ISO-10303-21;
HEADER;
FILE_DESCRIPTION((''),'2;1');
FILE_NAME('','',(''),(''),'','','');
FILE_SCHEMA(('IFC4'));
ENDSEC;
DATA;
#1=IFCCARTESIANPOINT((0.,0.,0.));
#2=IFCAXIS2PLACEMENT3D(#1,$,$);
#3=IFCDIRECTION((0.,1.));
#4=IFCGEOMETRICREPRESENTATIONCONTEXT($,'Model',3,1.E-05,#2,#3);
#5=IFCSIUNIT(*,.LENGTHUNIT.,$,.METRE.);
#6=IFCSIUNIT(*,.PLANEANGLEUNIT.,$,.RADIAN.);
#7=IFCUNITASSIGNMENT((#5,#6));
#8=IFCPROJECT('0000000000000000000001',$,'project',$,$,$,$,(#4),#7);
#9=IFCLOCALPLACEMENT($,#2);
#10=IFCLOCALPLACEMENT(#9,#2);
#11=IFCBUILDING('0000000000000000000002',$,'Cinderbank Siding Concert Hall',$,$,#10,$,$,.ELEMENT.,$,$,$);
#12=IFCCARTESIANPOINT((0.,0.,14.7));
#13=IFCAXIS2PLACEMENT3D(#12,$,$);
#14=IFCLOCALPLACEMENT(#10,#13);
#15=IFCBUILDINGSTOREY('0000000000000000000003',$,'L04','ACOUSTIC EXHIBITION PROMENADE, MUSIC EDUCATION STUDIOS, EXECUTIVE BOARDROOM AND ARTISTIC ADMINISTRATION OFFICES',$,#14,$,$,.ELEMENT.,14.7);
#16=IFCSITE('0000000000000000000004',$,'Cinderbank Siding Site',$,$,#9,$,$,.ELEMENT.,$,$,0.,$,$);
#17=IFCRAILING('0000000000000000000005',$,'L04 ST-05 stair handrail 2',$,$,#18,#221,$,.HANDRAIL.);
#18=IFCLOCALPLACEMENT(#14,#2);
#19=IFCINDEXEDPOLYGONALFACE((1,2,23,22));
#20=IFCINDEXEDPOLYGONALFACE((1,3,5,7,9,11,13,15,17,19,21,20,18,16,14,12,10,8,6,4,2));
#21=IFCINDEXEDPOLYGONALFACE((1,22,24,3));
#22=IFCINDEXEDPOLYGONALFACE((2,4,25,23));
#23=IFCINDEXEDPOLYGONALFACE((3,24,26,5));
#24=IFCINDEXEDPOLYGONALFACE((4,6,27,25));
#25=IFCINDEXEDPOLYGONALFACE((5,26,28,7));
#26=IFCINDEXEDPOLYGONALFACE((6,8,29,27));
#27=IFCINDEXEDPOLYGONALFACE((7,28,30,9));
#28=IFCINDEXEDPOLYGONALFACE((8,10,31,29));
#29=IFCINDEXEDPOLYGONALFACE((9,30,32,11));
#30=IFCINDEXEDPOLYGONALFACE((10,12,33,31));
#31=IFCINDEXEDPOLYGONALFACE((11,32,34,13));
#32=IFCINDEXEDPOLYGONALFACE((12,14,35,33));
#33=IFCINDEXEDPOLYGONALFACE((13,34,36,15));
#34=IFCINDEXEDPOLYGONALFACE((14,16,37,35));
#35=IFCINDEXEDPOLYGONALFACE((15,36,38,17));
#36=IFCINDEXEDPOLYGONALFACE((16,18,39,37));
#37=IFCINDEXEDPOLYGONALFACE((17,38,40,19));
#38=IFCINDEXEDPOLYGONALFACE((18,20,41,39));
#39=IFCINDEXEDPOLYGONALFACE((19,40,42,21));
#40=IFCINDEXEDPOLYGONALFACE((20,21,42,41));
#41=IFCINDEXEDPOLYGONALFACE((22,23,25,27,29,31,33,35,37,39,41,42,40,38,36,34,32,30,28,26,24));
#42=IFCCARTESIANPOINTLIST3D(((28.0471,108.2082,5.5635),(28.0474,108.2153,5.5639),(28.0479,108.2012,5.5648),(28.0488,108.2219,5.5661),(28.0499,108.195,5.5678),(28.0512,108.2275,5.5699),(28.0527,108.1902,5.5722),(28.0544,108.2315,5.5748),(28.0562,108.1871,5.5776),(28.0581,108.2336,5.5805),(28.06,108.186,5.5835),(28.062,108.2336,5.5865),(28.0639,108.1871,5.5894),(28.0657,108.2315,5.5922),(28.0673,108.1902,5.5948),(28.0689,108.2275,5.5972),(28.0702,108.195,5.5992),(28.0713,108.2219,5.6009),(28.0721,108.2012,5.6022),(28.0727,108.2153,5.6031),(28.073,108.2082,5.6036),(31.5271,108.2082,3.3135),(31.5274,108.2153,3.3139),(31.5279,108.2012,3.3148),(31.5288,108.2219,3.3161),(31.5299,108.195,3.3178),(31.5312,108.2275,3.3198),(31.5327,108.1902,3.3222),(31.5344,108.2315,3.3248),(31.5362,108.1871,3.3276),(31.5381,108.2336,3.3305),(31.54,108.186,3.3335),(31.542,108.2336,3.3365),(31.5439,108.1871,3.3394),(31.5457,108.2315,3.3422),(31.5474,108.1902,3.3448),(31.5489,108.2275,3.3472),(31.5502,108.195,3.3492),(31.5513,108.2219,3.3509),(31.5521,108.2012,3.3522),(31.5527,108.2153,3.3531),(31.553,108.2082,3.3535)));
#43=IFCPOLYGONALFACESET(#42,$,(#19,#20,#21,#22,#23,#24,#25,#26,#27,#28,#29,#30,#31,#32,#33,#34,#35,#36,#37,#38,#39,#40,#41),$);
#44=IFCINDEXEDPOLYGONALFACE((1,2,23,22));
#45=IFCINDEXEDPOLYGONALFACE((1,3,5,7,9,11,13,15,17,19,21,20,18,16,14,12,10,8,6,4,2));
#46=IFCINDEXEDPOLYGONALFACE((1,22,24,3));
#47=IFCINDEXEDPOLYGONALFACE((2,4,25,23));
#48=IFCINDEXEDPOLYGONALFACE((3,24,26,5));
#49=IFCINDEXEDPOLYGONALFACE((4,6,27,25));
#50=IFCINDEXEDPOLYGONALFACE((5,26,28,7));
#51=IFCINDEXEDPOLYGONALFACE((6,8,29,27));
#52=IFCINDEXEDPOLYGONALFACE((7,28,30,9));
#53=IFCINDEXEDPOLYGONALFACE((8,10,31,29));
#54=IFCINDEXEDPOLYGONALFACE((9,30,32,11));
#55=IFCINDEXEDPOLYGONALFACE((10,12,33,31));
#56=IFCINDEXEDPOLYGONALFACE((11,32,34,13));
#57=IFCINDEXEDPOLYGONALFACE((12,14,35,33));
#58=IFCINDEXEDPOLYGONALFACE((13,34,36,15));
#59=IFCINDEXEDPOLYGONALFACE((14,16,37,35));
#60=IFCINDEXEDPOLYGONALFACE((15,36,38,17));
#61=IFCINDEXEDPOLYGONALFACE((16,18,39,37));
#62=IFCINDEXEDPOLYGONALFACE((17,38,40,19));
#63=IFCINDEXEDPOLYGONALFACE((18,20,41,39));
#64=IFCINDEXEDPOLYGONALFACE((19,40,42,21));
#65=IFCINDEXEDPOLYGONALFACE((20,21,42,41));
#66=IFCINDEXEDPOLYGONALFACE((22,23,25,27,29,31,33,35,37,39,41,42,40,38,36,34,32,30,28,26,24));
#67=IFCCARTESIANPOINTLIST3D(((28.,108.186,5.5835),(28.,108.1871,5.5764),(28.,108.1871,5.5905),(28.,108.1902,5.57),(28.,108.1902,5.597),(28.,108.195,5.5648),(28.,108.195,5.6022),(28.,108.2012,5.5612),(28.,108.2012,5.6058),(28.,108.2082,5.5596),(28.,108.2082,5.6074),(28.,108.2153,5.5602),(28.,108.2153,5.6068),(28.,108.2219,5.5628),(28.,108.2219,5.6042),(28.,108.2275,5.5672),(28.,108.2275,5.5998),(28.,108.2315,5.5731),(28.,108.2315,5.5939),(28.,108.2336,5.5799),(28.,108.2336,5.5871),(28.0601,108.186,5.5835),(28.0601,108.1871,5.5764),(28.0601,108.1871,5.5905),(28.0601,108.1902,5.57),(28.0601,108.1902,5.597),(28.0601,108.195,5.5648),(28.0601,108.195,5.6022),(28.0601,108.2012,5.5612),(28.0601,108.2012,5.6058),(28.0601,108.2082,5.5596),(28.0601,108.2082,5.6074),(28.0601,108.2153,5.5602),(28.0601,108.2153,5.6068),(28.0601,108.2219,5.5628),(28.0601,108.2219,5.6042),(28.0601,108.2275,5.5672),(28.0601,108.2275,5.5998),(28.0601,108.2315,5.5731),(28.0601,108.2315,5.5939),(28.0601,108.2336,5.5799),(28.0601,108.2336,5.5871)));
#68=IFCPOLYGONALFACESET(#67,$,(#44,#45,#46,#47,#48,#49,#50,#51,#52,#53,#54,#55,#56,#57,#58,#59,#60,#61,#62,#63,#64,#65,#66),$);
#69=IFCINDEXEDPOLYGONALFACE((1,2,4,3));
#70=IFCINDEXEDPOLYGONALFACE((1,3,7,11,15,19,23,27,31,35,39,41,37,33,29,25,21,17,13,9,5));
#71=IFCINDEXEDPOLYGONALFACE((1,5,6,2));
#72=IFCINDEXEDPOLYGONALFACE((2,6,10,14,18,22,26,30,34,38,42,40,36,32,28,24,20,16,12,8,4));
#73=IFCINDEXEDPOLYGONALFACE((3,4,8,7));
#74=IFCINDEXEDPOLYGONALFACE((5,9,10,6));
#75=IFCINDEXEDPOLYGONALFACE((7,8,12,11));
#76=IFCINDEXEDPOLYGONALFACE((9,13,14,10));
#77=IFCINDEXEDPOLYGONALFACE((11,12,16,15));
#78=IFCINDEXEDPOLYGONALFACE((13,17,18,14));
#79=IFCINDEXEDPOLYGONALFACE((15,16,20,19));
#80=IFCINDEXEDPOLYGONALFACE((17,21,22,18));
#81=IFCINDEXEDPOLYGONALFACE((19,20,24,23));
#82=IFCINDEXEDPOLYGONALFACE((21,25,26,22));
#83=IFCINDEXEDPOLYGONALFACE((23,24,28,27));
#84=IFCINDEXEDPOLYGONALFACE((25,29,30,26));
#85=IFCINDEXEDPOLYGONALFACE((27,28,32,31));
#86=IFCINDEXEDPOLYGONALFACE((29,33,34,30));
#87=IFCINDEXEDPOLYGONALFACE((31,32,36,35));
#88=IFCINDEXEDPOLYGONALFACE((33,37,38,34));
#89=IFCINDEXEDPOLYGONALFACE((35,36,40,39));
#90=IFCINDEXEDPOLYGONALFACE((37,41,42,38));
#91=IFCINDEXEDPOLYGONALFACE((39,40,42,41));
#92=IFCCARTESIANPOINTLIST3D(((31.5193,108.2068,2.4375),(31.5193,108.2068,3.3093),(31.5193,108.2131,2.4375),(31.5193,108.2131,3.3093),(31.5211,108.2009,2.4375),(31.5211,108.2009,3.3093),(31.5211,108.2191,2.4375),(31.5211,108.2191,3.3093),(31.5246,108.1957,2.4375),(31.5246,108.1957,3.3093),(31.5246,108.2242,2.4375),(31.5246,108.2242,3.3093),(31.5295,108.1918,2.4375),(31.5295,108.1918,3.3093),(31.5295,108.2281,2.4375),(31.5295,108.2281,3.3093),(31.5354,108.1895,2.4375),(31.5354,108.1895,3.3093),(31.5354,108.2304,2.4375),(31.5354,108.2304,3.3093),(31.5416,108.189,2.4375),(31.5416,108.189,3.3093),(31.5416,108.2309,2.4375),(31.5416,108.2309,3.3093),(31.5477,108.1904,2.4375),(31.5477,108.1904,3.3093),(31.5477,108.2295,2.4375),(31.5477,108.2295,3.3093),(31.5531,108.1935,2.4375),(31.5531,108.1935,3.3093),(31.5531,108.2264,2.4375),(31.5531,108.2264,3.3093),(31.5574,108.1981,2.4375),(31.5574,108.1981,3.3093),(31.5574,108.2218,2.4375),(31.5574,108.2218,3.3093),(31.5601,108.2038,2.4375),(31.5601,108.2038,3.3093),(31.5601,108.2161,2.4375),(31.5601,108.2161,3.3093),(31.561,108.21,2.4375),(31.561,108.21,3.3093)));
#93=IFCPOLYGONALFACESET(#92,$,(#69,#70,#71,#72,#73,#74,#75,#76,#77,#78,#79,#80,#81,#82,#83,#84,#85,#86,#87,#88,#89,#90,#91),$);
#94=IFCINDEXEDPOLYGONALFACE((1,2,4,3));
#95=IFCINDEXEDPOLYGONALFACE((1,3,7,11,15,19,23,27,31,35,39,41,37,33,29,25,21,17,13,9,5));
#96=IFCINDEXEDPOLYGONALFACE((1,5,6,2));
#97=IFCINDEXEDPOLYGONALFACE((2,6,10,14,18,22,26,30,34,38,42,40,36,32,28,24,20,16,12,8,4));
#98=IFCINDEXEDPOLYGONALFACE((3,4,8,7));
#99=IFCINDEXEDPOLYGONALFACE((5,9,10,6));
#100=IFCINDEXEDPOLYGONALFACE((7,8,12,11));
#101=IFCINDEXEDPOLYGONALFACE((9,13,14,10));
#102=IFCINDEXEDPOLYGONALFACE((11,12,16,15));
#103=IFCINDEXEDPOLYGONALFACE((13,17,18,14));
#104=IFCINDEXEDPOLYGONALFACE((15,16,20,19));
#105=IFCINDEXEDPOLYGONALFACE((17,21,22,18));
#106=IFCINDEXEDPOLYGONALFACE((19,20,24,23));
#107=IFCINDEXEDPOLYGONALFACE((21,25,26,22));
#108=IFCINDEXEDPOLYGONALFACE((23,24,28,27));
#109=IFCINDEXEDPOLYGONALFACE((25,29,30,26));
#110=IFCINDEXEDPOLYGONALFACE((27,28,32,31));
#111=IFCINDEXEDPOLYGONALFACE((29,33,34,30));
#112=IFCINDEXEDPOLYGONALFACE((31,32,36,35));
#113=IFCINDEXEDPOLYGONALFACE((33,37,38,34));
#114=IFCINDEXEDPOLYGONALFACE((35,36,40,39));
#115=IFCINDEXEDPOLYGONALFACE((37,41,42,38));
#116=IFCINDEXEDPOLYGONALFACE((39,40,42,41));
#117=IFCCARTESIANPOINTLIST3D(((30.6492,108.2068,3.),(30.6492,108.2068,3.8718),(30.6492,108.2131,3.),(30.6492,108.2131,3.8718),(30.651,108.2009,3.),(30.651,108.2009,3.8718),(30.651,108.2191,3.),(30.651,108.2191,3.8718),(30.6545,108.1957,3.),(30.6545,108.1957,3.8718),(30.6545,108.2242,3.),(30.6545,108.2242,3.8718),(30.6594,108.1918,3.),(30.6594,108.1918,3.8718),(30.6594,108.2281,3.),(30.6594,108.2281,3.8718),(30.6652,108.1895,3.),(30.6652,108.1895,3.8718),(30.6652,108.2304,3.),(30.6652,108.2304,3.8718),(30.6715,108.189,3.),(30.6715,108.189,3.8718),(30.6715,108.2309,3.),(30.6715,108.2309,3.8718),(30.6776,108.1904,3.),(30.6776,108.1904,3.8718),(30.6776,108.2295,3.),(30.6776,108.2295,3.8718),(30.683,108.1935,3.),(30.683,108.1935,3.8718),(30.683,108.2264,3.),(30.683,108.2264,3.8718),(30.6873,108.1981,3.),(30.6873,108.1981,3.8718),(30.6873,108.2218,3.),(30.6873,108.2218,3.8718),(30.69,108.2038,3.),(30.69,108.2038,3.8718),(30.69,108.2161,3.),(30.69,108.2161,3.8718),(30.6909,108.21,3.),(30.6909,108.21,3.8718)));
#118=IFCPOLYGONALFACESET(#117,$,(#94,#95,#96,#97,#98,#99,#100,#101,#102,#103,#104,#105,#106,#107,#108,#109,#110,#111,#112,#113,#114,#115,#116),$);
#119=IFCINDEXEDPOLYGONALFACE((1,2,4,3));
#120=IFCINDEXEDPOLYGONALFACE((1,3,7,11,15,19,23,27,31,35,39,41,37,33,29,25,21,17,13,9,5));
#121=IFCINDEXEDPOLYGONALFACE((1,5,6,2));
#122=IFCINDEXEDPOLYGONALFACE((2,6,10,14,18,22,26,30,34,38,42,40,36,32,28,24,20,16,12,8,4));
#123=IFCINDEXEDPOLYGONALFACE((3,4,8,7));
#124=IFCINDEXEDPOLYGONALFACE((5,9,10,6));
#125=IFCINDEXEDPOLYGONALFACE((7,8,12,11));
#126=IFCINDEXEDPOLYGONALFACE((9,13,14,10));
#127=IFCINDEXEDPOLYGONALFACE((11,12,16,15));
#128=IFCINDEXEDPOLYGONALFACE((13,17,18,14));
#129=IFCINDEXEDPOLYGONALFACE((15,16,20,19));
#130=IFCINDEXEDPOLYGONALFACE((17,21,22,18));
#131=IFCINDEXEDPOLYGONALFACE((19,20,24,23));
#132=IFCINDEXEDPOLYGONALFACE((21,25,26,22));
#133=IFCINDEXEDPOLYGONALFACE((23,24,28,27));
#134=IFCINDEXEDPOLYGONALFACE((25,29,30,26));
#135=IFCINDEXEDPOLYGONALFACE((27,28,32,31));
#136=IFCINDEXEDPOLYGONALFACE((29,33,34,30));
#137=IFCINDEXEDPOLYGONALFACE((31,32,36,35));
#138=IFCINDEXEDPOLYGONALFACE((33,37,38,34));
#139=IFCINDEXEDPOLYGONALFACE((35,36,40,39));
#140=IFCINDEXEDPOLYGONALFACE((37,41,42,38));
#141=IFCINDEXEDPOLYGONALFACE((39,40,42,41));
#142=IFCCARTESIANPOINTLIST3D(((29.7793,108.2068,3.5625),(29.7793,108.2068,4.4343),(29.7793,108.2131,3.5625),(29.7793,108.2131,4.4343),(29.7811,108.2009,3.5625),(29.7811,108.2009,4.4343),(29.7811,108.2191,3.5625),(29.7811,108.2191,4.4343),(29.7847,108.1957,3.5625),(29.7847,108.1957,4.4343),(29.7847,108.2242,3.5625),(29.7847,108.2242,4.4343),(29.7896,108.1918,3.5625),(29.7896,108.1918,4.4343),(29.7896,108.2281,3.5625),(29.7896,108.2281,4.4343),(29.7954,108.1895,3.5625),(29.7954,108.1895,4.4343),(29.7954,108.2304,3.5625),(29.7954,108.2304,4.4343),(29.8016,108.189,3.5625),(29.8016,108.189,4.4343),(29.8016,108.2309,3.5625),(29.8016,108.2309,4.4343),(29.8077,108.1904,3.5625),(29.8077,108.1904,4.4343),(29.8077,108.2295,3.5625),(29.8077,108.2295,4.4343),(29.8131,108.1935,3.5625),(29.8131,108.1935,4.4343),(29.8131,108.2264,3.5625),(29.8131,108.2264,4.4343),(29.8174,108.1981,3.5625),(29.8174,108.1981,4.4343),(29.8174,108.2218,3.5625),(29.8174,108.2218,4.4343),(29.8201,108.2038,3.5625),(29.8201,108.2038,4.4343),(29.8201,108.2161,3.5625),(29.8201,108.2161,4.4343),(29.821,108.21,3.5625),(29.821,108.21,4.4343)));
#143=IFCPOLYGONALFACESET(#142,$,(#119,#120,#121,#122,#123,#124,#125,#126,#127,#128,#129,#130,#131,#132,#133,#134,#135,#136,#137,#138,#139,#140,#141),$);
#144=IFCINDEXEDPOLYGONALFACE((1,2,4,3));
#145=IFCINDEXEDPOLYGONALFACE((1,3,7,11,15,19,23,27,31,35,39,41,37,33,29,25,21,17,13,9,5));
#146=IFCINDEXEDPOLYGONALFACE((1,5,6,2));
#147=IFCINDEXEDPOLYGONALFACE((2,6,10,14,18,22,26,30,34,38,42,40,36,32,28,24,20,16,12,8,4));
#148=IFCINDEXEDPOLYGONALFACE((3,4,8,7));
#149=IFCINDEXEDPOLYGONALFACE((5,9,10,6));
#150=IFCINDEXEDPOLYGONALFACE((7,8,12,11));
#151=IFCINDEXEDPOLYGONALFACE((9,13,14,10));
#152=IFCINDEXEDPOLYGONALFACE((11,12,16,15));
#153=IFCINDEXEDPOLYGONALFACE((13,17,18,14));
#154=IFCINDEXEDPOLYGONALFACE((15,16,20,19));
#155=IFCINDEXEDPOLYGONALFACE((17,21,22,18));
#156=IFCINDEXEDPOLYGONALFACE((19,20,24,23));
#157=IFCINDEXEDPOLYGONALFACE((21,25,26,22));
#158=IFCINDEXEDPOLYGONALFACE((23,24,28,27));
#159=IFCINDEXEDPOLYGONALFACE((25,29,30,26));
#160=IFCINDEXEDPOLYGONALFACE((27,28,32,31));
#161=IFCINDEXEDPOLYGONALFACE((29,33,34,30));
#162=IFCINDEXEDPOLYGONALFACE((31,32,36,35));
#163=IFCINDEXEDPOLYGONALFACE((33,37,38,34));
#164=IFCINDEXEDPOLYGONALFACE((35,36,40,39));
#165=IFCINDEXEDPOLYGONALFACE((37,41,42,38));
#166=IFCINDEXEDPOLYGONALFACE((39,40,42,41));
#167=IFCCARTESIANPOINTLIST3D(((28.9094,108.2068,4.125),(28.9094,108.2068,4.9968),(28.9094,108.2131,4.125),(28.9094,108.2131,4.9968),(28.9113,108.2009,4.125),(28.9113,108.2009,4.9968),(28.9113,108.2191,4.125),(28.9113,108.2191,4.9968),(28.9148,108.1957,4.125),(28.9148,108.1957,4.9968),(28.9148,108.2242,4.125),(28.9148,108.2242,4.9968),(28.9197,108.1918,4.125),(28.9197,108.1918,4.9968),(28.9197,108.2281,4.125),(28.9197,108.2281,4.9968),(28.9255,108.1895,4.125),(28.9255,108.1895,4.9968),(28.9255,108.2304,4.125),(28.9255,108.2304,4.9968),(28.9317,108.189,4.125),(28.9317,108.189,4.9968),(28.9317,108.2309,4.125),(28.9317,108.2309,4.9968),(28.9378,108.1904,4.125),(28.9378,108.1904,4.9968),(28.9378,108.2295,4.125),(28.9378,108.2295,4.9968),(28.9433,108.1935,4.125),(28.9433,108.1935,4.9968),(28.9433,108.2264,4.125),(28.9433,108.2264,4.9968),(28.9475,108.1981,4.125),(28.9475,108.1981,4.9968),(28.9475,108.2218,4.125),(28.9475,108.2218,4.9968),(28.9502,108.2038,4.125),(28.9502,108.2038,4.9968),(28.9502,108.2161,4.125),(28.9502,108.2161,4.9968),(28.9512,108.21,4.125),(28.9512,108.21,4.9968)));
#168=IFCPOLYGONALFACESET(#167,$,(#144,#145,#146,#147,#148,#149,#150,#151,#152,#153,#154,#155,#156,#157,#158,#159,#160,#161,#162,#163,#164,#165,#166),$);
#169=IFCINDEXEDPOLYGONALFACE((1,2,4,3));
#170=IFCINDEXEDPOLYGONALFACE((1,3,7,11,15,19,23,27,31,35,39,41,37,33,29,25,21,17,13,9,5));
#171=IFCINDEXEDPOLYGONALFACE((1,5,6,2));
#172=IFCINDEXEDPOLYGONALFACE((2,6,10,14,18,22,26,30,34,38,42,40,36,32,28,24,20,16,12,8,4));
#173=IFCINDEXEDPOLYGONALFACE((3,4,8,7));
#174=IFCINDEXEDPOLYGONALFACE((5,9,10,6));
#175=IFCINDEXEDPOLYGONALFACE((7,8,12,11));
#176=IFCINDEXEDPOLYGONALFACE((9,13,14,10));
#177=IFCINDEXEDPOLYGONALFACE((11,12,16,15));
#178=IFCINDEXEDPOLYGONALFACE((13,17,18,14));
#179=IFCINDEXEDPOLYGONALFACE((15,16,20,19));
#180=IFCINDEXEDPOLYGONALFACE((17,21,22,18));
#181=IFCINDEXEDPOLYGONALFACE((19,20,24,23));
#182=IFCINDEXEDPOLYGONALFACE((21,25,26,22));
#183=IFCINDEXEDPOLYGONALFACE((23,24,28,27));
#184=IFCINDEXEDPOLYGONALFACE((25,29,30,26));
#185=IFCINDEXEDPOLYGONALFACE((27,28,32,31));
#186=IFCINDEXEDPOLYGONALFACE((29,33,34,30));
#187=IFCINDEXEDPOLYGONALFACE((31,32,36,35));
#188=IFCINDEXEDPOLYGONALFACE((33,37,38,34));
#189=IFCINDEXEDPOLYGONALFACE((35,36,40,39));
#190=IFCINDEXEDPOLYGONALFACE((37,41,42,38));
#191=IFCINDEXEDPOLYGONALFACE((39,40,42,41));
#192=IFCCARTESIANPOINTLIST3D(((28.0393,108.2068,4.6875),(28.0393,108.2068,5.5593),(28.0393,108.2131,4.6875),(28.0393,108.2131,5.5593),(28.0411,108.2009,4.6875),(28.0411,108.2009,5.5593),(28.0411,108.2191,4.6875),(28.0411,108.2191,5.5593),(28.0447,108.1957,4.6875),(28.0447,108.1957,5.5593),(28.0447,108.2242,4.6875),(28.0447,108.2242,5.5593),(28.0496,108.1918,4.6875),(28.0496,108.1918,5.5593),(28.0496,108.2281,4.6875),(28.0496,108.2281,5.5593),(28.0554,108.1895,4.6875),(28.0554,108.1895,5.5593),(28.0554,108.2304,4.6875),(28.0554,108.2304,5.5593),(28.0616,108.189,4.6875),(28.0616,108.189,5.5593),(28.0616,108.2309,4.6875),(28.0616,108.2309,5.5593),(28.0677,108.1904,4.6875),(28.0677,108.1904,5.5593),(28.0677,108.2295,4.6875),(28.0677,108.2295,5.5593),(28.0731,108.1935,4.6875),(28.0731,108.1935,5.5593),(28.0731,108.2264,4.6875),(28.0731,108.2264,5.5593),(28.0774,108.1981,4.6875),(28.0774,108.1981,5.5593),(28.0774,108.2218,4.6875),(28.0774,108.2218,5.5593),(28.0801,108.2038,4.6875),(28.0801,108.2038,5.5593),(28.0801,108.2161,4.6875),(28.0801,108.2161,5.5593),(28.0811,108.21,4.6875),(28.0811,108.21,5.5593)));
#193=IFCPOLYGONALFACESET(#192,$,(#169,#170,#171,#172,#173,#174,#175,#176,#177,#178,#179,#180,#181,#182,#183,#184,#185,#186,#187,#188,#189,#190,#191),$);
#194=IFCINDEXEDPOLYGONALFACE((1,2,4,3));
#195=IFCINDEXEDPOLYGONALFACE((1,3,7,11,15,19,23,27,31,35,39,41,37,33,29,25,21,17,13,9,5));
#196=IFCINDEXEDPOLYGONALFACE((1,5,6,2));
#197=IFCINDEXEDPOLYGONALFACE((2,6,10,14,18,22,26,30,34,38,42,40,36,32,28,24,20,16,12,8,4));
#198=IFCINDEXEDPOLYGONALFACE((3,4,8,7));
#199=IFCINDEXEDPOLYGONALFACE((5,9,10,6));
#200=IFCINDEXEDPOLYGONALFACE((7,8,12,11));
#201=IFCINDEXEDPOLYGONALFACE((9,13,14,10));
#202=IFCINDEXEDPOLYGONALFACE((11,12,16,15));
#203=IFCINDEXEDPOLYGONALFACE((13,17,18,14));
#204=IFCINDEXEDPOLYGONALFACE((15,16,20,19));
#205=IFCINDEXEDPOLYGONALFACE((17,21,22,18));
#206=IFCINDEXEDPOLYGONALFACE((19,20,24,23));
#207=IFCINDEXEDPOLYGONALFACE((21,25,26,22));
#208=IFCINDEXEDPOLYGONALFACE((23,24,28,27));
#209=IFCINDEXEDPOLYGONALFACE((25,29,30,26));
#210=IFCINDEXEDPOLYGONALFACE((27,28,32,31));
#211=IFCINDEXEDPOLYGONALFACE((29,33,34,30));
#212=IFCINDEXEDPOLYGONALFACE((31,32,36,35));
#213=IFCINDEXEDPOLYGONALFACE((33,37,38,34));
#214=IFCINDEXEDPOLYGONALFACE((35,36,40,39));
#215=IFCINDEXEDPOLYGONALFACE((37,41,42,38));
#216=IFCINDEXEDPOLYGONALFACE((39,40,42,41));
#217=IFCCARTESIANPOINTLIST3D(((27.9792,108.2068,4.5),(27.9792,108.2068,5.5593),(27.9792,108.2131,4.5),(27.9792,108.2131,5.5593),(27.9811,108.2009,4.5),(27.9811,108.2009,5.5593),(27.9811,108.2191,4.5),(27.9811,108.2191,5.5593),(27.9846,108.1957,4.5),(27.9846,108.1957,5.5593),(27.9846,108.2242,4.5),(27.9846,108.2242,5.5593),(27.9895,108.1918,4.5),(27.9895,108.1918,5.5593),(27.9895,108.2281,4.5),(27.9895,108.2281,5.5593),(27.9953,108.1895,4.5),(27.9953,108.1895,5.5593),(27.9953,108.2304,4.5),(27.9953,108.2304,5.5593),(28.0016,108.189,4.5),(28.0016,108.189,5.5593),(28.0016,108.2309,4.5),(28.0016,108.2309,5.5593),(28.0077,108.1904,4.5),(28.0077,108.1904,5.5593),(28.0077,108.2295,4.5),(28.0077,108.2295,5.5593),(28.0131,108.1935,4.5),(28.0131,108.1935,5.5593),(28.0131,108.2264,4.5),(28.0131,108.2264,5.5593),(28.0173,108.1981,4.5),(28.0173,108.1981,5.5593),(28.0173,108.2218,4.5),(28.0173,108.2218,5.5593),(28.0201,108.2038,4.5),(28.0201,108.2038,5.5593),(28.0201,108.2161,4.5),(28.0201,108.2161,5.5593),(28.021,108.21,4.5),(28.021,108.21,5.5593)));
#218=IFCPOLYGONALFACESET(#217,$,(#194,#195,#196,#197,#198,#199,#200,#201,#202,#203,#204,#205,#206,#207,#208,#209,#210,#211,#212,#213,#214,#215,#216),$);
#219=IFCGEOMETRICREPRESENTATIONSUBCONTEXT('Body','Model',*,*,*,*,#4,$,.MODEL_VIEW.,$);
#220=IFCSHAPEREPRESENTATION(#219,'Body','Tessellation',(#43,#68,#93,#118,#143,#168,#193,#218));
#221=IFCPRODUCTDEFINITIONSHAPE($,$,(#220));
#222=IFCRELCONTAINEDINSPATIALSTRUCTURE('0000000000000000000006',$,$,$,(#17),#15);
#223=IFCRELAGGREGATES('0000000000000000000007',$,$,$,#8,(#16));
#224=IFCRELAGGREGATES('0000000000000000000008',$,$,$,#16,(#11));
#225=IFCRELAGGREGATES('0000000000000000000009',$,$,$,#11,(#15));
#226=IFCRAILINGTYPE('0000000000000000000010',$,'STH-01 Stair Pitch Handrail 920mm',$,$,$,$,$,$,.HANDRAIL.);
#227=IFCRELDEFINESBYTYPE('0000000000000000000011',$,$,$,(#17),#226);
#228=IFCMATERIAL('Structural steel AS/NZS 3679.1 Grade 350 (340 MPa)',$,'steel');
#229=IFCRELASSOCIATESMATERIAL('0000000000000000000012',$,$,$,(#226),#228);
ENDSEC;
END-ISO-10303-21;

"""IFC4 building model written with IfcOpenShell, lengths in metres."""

from ifc_helpers import new_model, si_unit, direction, frame, origin, origin_2d, place, context, subcontext, project, spatial, circle, extrude, material, type_object, element, save


model = new_model("IFC4")

# Units and contexts
model_context = context("Model", 3, precision=1e-05, world=origin(), true_north=direction((0.0, 1.0)))
body_context = subcontext(model_context, "Body", "Model", "MODEL_VIEW")
ifc_project = project(units=[si_unit("LENGTHUNIT", "METRE"), si_unit("PLANEANGLEUNIT", "RADIAN")], contexts=[model_context])

# Site, building, storey
site_placement = place(None, origin())
site = spatial("IfcSite", under=ifc_project, at=site_placement, Name="Cinderbank Siding Site", CompositionType="ELEMENT", RefElevation=0.0)
building_placement = place(site_placement, origin())
building = spatial("IfcBuilding", under=site, at=building_placement, Name="Cinderbank Siding Concert Hall", CompositionType="ELEMENT")
storey_placement = place(building_placement, frame((0.0, 0.0, 14.7)))
storey = spatial("IfcBuildingStorey", under=building, at=storey_placement, Name="L04", Description="ACOUSTIC EXHIBITION PROMENADE, MUSIC EDUCATION STUDIOS, EXECUTIVE BOARDROOM AND ARTISTIC ADMINISTRATION OFFICES", CompositionType="ELEMENT", Elevation=14.7)

# Shared definitions
ifc_material_1 = material(Name="Structural steel AS/NZS 3679.1 Grade 350 (340 MPa)", Category="steel")

# Railing
railing_type_1 = type_object("IfcRailingType", Name="STH-01 Stair Pitch Handrail 920mm", PredefinedType="HANDRAIL", material=ifc_material_1)
railing_1_placement = place(storey_placement, frame((31.54, 108.21, 2.4375)))
element("IfcRailing", 1, at=railing_1_placement, inside=storey, type_object=railing_type_1, Name="L04 ST-05 stair handrail 2", PredefinedType="HANDRAIL", context=body_context, shape_type="SweptSolid", body=[
    extrude(circle(Radius=0.0239, at=origin_2d()), frame((0.0, 0.0, 0.896), z_axis=(-0.839763, 0.0, 0.542953), x_axis=(0.0, -1.0, 0.0)), (0.0, 0.0, 1.0), 4.144),
    extrude(circle(Radius=0.0239, at=origin_2d()), frame((-3.48, 0.0, 3.146), z_axis=(-1.0, 0.0, 0.0), x_axis=(0.0, -1.0, 0.0)), (0.0, 0.0, 1.0), 0.0601),
    extrude(circle(Radius=0.021, at=origin_2d()), origin(), (0.0, 0.0, 1.0), 0.8718),
    extrude(circle(Radius=0.021, at=origin_2d()), frame((-0.8701, 0.0, 0.5625)), (0.0, 0.0, 1.0), 0.8718),
    extrude(circle(Radius=0.021, at=origin_2d()), frame((-1.74, 0.0, 1.125)), (0.0, 0.0, 1.0), 0.8718),
    extrude(circle(Radius=0.021, at=origin_2d()), frame((-2.6099, 0.0, 1.6875)), (0.0, 0.0, 1.0), 0.8718),
    extrude(circle(Radius=0.021, at=origin_2d()), frame((-3.48, 0.0, 2.25)), (0.0, 0.0, 1.0), 0.8718),
    extrude(circle(Radius=0.021, at=origin_2d()), frame((-3.54, 0.0, 2.0625)), (0.0, 0.0, 1.0), 1.0593),
])

save(model, "model.ifc")
